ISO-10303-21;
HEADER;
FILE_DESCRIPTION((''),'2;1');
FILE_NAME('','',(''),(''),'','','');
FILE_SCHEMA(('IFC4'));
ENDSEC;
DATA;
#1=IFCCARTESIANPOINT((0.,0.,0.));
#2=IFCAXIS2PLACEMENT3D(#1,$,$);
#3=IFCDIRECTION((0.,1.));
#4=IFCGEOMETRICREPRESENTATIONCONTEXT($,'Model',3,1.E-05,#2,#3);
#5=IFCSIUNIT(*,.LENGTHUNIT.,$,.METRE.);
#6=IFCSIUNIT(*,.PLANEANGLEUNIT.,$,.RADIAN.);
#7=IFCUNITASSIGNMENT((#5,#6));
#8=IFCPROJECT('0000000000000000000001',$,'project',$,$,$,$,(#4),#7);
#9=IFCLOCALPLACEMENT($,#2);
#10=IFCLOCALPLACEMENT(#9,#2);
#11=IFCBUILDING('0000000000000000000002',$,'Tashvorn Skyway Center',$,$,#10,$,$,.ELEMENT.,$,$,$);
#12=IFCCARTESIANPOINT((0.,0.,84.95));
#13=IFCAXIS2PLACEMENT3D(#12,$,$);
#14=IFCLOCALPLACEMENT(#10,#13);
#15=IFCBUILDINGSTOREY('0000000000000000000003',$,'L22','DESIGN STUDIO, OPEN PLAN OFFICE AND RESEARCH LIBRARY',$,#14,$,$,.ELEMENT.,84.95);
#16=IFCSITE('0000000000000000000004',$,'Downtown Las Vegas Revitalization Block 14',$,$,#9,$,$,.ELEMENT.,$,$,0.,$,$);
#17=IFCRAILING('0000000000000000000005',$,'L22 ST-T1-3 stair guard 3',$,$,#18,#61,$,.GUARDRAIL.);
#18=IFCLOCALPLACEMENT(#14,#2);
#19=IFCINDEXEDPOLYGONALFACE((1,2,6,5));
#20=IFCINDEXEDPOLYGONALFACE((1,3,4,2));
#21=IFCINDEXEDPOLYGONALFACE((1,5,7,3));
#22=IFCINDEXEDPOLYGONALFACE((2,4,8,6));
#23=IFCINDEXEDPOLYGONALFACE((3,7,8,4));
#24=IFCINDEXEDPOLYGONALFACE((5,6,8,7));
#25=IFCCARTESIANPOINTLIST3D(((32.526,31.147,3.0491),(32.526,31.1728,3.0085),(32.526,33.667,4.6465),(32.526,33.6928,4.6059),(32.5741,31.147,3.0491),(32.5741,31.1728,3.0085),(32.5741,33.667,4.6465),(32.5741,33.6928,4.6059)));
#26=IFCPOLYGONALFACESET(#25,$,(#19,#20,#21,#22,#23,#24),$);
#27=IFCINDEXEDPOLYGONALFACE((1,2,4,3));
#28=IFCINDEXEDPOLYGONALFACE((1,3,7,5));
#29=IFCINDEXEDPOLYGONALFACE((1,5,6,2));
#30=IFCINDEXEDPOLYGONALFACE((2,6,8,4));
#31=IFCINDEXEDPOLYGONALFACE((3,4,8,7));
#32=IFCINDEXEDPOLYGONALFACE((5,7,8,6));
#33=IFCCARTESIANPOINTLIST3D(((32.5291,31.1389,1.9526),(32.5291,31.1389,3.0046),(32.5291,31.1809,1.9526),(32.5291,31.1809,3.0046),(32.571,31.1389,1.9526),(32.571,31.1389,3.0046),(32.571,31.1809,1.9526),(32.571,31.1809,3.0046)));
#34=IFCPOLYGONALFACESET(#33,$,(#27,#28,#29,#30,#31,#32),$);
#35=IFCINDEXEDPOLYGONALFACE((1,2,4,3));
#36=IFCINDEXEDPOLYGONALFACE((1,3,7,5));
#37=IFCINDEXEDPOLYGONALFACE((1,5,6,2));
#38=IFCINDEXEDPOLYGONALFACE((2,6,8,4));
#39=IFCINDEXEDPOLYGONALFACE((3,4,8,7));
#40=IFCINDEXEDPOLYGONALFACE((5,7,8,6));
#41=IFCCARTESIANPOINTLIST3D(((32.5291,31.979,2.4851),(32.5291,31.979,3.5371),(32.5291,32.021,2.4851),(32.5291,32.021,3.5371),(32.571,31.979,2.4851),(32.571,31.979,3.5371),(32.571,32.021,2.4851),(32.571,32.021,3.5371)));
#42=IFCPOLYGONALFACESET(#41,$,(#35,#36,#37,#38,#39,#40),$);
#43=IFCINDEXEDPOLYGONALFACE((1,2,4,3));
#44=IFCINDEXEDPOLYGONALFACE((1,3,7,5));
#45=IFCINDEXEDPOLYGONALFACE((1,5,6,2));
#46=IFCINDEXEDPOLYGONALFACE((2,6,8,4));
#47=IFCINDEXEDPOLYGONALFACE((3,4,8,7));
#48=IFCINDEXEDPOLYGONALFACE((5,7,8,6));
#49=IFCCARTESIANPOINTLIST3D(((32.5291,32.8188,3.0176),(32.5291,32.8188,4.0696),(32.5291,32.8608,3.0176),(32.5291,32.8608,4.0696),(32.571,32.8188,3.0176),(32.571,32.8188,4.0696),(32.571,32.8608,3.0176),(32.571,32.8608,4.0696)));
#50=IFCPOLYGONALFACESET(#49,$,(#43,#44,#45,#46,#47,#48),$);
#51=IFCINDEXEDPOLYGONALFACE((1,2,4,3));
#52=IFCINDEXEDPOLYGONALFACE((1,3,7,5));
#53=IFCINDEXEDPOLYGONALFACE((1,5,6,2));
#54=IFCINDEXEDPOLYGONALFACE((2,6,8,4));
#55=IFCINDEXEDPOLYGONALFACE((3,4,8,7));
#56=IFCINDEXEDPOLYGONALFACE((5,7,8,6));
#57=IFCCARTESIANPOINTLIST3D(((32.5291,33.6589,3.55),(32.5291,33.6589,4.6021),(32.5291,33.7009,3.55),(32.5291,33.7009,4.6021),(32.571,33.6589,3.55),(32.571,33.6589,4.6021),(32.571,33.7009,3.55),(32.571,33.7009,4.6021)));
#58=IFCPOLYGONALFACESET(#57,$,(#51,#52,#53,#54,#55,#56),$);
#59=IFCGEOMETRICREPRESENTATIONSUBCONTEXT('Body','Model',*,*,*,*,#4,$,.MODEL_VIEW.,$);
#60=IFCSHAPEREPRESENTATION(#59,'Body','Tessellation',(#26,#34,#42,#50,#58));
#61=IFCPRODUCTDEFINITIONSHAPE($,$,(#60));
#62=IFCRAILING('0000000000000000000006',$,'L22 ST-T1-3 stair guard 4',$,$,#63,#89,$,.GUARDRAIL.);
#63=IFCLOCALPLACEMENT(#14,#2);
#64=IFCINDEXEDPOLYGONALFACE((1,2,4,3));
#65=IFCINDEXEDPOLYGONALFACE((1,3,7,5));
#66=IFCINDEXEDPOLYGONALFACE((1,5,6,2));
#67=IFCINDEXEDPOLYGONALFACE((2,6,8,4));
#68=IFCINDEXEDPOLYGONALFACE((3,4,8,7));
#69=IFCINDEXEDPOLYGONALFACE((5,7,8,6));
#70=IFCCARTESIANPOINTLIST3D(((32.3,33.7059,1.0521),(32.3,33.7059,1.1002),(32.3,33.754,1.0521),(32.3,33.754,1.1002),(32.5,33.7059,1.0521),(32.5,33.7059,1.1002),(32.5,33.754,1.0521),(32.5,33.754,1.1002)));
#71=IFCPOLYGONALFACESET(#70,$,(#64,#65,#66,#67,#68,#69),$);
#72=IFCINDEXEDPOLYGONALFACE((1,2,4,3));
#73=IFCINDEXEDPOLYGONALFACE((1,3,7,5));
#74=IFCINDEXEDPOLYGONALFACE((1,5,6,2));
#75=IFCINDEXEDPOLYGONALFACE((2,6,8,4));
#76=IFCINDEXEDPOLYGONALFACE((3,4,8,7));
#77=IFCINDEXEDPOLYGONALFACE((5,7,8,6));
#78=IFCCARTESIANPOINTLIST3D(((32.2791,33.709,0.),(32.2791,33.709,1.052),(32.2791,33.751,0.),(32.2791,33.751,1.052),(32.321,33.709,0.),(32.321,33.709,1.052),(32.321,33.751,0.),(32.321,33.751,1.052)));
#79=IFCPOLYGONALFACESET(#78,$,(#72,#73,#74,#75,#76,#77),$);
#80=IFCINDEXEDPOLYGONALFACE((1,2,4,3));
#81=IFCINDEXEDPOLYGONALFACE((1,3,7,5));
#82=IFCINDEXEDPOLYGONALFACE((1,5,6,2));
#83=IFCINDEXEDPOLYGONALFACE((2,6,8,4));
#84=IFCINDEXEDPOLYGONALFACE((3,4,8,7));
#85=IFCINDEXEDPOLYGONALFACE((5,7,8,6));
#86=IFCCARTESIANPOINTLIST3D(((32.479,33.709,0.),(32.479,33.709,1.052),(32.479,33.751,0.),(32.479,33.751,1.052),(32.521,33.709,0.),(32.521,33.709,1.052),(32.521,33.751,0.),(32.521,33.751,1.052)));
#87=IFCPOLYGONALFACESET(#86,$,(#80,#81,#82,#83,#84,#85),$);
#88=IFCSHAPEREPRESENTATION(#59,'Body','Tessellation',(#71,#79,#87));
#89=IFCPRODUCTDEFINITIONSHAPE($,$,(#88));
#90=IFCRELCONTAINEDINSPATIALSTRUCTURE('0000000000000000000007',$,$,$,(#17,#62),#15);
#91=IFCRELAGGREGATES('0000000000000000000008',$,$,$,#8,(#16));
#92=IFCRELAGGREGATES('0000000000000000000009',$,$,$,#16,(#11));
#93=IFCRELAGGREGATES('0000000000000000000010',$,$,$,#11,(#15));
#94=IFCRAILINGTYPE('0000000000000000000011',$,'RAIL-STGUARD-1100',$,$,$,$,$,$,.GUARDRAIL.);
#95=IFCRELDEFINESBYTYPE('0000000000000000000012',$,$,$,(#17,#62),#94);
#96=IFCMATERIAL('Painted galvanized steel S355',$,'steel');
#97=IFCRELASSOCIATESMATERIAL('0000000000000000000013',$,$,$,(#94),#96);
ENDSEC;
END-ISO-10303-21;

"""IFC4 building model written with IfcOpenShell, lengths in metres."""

from ifc_helpers import new_model, si_unit, direction, frame, origin, origin_2d, place, context, subcontext, project, spatial, rectangle, extrude, material, type_object, element, save


model = new_model("IFC4")

# Units and contexts
model_context = context("Model", 3, precision=1e-05, world=origin(), true_north=direction((0.0, 1.0)))
body_context = subcontext(model_context, "Body", "Model", "MODEL_VIEW")
ifc_project = project(units=[si_unit("LENGTHUNIT", "METRE"), si_unit("PLANEANGLEUNIT", "RADIAN")], contexts=[model_context])

# Site, building, storey
site_placement = place(None, origin())
site = spatial("IfcSite", under=ifc_project, at=site_placement, Name="Downtown Las Vegas Revitalization Block 14", CompositionType="ELEMENT", RefElevation=0.0)
building_placement = place(site_placement, origin())
building = spatial("IfcBuilding", under=site, at=building_placement, Name="Tashvorn Skyway Center", CompositionType="ELEMENT")
storey_placement = place(building_placement, frame((0.0, 0.0, 84.95)))
storey = spatial("IfcBuildingStorey", under=building, at=storey_placement, Name="L22", Description="DESIGN STUDIO, OPEN PLAN OFFICE AND RESEARCH LIBRARY", CompositionType="ELEMENT", Elevation=84.95)

# Railings
ifc_material_1 = material(Name="Painted galvanized steel S355", Category="steel")
railing_type_1 = type_object("IfcRailingType", Name="RAIL-STGUARD-1100", PredefinedType="GUARDRAIL", material=ifc_material_1)
railing_1_placement = place(storey_placement, frame((32.55, 31.1599, 1.9526)))
element("IfcRailing", 1, at=railing_1_placement, inside=storey, type_object=railing_type_1, Name="L22 ST-T1-3 stair guard 3", PredefinedType="GUARDRAIL", context=body_context, shape_type="SweptSolid", body=[
    extrude(rectangle(XDim=0.0481, YDim=0.0481, at=origin_2d()), frame((0.0, 0.0, 1.0762), z_axis=(0.0, 0.844607, 0.535387), x_axis=(-1.0, 0.0, 0.0)), (0.0, 0.0, 1.0), 2.9836),
    extrude(rectangle(XDim=0.042, YDim=0.042, at=origin_2d()), origin(), (0.0, 0.0, 1.0), 1.052),
    extrude(rectangle(XDim=0.042, YDim=0.042, at=origin_2d()), frame((0.0, 0.8401, 0.5325)), (0.0, 0.0, 1.0), 1.052),
    extrude(rectangle(XDim=0.042, YDim=0.042, at=origin_2d()), frame((0.0, 1.6799, 1.0649)), (0.0, 0.0, 1.0), 1.052),
    extrude(rectangle(XDim=0.042, YDim=0.042, at=origin_2d()), frame((0.0, 2.52, 1.5974)), (0.0, 0.0, 1.0), 1.052),
])
railing_2_placement = place(storey_placement, frame((32.3, 33.73, 0.0)))
element("IfcRailing", 2, at=railing_2_placement, inside=storey, type_object=railing_type_1, Name="L22 ST-T1-3 stair guard 4", PredefinedType="GUARDRAIL", context=body_context, shape_type="SweptSolid", body=[
    extrude(rectangle(XDim=0.0481, YDim=0.0481, at=origin_2d()), frame((0.0, 0.0, 1.0762), z_axis=(1.0, 0.0, 0.0), x_axis=(0.0, 1.0, 0.0)), (0.0, 0.0, 1.0), 0.2),
    extrude(rectangle(XDim=0.042, YDim=0.042, at=origin_2d()), origin(), (0.0, 0.0, 1.0), 1.052),
    extrude(rectangle(XDim=0.042, YDim=0.042, at=origin_2d()), frame((0.2, 0.0, 0.0)), (0.0, 0.0, 1.0), 1.052),
])

save(model, "model.ifc")
